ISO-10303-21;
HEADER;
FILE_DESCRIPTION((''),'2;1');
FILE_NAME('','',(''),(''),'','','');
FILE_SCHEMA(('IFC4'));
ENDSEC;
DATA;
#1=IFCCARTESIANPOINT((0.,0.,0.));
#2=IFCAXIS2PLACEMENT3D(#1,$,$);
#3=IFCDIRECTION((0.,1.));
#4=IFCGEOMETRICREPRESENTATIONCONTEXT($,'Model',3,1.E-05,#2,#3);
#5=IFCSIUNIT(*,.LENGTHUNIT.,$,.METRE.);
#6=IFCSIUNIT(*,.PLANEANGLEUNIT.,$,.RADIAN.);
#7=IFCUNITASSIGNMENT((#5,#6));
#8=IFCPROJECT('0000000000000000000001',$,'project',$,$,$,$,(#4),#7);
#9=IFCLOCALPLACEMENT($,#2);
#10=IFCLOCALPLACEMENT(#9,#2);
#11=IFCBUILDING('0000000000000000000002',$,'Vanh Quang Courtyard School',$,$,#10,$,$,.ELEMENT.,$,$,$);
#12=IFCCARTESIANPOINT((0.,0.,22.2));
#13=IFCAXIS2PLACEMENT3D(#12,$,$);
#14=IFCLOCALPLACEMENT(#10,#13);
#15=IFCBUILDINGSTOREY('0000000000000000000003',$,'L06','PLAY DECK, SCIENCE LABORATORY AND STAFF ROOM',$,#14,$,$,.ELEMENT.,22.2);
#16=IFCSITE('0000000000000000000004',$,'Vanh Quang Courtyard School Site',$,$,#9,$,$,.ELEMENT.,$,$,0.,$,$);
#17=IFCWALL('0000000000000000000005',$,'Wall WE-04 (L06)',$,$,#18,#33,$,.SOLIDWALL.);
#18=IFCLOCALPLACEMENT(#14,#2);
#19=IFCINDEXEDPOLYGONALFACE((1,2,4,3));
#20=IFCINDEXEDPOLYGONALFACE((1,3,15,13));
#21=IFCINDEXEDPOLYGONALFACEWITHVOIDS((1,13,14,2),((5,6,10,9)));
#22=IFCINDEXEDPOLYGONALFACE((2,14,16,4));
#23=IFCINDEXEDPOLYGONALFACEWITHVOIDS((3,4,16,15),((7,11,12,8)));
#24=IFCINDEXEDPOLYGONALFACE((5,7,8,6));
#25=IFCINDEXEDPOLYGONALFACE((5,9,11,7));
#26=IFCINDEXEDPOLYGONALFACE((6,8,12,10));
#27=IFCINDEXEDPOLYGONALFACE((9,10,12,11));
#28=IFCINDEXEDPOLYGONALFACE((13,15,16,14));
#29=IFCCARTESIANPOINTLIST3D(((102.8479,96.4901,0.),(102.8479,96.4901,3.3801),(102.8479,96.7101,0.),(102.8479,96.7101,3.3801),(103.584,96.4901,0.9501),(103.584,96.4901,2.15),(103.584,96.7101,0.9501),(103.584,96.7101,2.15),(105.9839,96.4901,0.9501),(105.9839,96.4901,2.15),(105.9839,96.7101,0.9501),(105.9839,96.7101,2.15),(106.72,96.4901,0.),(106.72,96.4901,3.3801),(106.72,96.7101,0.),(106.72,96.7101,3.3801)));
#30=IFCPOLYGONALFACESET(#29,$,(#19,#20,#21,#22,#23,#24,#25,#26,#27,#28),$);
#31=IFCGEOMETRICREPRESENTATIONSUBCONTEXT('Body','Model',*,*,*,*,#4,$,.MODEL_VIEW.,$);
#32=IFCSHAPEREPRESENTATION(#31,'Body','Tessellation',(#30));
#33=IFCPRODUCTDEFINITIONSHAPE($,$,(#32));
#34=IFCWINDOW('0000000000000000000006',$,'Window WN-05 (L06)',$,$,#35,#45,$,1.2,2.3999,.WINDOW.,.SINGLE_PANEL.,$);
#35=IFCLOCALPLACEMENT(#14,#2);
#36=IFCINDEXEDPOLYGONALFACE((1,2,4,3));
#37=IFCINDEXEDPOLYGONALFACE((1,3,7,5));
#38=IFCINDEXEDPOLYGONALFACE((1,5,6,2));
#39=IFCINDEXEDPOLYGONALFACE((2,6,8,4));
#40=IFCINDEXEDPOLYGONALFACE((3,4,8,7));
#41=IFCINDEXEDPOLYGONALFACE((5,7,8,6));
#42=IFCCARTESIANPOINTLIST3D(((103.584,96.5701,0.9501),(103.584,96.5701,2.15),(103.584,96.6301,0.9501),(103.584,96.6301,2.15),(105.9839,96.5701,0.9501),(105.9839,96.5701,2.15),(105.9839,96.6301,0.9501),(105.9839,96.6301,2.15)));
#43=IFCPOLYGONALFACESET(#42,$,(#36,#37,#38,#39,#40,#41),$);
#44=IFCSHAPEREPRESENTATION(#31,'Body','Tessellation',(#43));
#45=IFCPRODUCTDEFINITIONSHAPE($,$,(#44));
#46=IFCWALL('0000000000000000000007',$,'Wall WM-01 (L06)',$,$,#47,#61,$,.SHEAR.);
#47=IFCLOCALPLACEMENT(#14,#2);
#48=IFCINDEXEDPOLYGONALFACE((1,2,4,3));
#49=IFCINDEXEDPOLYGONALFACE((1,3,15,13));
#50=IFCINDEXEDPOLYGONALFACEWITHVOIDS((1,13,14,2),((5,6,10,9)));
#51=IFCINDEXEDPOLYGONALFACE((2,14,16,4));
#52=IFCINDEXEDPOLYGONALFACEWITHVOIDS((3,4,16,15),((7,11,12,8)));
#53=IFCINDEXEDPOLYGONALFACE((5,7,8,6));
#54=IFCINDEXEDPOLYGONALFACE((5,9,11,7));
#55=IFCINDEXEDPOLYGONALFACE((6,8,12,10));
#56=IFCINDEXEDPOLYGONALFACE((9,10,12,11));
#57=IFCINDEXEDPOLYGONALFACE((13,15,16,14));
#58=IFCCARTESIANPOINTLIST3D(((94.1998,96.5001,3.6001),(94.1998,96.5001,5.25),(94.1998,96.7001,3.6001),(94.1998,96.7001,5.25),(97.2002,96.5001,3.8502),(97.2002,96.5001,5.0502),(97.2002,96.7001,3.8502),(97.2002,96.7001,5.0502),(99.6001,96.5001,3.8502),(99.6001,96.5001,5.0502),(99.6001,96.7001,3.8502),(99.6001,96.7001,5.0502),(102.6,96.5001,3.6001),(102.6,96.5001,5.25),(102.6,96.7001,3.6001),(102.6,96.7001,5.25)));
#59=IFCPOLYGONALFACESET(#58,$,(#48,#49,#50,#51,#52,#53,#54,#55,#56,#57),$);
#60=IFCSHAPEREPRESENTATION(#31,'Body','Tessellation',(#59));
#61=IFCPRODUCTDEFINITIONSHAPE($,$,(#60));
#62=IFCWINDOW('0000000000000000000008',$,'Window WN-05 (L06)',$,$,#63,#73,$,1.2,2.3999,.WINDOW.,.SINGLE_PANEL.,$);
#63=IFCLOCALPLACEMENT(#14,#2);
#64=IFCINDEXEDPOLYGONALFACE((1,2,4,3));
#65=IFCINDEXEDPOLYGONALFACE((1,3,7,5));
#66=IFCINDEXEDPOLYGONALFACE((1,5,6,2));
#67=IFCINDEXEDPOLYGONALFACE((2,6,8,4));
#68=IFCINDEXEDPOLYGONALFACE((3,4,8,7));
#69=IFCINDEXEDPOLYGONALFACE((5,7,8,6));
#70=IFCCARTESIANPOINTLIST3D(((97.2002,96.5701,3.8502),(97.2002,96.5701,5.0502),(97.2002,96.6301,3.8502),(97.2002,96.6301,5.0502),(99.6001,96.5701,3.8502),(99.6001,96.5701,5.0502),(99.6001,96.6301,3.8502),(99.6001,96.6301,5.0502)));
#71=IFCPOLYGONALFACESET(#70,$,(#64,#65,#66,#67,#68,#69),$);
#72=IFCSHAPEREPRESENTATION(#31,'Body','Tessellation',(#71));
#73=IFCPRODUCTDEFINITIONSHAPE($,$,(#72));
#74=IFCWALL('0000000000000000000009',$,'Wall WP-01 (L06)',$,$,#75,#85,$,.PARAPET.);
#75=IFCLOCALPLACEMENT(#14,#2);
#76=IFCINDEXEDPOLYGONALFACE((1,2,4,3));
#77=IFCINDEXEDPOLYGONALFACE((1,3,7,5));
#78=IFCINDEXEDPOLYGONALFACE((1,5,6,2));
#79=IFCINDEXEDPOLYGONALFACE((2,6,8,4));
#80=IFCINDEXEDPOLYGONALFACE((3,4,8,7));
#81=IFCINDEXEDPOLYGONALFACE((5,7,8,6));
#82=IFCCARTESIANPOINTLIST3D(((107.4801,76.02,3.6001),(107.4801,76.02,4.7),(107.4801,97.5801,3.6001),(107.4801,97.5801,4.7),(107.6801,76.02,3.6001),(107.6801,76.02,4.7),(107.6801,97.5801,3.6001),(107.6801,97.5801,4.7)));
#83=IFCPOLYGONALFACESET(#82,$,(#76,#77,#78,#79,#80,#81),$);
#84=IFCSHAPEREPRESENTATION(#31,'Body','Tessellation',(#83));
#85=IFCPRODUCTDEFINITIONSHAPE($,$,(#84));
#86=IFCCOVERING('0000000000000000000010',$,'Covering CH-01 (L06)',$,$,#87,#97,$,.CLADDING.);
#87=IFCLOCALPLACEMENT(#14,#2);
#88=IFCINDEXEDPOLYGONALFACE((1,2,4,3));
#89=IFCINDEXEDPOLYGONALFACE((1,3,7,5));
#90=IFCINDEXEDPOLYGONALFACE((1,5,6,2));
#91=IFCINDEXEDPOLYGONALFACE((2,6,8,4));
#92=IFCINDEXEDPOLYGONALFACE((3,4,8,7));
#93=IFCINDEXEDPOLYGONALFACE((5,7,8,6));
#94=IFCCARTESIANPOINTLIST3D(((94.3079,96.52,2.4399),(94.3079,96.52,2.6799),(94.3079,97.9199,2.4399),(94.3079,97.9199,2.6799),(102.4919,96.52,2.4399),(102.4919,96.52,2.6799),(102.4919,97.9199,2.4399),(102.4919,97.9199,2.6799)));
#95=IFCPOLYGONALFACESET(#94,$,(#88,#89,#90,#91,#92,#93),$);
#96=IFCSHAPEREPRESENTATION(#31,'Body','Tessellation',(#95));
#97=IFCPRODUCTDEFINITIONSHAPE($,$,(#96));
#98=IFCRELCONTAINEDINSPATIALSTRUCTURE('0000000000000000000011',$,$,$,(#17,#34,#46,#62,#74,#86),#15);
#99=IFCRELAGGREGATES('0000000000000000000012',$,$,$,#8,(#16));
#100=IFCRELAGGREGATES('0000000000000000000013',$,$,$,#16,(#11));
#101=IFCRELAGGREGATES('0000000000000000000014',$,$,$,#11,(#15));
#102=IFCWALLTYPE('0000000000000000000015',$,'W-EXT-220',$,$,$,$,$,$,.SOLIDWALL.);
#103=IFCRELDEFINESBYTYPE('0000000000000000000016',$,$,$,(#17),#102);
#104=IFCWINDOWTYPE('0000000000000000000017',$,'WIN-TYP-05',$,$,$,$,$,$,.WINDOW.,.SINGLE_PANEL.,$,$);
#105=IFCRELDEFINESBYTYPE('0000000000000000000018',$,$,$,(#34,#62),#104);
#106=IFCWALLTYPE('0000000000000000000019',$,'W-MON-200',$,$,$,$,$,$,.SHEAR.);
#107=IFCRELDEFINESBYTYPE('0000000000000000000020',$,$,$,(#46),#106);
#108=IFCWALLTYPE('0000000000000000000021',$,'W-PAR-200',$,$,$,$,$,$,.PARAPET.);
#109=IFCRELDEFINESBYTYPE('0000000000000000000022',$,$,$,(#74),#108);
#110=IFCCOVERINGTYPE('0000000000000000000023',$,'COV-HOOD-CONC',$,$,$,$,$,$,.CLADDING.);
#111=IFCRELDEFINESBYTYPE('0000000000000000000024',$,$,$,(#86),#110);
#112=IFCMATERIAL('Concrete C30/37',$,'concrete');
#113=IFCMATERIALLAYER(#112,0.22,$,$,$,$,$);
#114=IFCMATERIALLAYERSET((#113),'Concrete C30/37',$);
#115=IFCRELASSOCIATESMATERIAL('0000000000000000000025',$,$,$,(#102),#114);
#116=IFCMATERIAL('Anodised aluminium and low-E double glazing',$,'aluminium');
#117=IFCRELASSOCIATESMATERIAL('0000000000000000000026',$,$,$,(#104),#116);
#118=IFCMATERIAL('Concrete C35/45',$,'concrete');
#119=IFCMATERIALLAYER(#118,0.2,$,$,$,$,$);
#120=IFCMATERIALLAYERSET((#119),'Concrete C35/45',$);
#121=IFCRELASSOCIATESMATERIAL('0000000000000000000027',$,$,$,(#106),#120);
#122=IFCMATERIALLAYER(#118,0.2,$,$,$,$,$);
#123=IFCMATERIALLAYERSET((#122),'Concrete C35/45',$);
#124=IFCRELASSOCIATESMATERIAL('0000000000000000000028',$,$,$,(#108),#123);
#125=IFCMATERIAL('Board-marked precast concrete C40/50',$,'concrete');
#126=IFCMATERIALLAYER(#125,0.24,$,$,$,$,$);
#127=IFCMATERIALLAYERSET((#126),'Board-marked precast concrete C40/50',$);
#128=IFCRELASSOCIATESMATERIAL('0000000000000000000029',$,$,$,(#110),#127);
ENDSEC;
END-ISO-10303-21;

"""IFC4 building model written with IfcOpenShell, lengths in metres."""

from ifc_helpers import new_model, si_unit, direction, frame, frame_2d, origin, origin_2d, place, context, subcontext, project, spatial, rectangle, extrude, material, layer, layer_set, type_object, element, fill, save


model = new_model("IFC4")

# Units and contexts
model_context = context("Model", 3, precision=1e-05, world=origin(), true_north=direction((0.0, 1.0)))
body_context = subcontext(model_context, "Body", "Model", "MODEL_VIEW")
ifc_project = project(units=[si_unit("LENGTHUNIT", "METRE"), si_unit("PLANEANGLEUNIT", "RADIAN")], contexts=[model_context])

# Site, building, storey
site_placement = place(None, origin())
site = spatial("IfcSite", under=ifc_project, at=site_placement, Name="Vanh Quang Courtyard School Site", CompositionType="ELEMENT", RefElevation=0.0)
building_placement = place(site_placement, origin())
building = spatial("IfcBuilding", under=site, at=building_placement, Name="Vanh Quang Courtyard School", CompositionType="ELEMENT")
storey_placement = place(building_placement, frame((0.0, 0.0, 22.2)))
storey = spatial("IfcBuildingStorey", under=building, at=storey_placement, Name="L06", Description="PLAY DECK, SCIENCE LABORATORY AND STAFF ROOM", CompositionType="ELEMENT", Elevation=22.2)

# Shared definitions
ifc_material_1 = material(Name="Concrete C35/45", Category="concrete")

# Shared definitions
ifc_material_2 = material(Name="Concrete C30/37", Category="concrete")
ifc_layer_1 = layer(ifc_material_2, 0.22)
ifc_layer_set_1 = layer_set([ifc_layer_1], Name="Concrete C30/37")
wall_type_1 = type_object("IfcWallType", Name="W-EXT-220", PredefinedType="SOLIDWALL", material=ifc_layer_set_1)

# Walls, openings, windows
wall_1_placement = place(storey_placement, frame((102.8479, 96.6001, 0.0), z_axis=(0.0, 0.0, 1.0), x_axis=(1.0, 0.0, 0.0)))
wall_1 = element("IfcWall", 1, at=wall_1_placement, inside=storey, type_object=wall_type_1, Name="Wall WE-04 (L06)", PredefinedType="SOLIDWALL", context=body_context, shape_type="SweptSolid", body=[
    extrude(rectangle(XDim=3.8721, YDim=0.22, at=frame_2d((1.936, 0.0))), origin(), (0.0, 0.0, 1.0), 3.3801),
])
opening_1_placement = place(wall_1_placement, frame((0.7361, 0.0, 0.95)))
opening_1 = element("IfcOpeningElement", 2, at=opening_1_placement, cuts=wall_1, PredefinedType="OPENING", context=body_context, shape_type="SweptSolid", body=[
    extrude(rectangle(XDim=2.3999, YDim=1.2, at=frame_2d((1.2, 0.6001))), frame((0.0, 0.1201, 0.0), z_axis=(0.0, -1.0, 0.0), x_axis=(1.0, 0.0, 0.0)), (0.0, 0.0, 1.0), 0.24),
])
ifc_material_3 = material(Name="Anodised aluminium and low-E double glazing", Category="aluminium")
window_type = type_object("IfcWindowType", Name="WIN-TYP-05", PartitioningType="SINGLE_PANEL", PredefinedType="WINDOW", material=ifc_material_3)
window_1_placement = place(opening_1_placement, origin())
window_1 = element("IfcWindow", 3, at=window_1_placement, inside=storey, type_object=window_type, Name="Window WN-05 (L06)", OverallHeight=1.2, OverallWidth=2.3999, PartitioningType="SINGLE_PANEL", PredefinedType="WINDOW", context=body_context, shape_type="SweptSolid", body=[
    extrude(rectangle(XDim=2.3999, YDim=1.2, at=frame_2d((1.2, 0.6001))), frame((0.0, 0.03, 0.0), z_axis=(0.0, -1.0, 0.0), x_axis=(1.0, 0.0, 0.0)), (0.0, 0.0, 1.0), 0.0601),
])
fill(opening_1, window_1)
ifc_layer_2 = layer(ifc_material_1, 0.2)
ifc_layer_set_2 = layer_set([ifc_layer_2], Name="Concrete C35/45")
wall_type_2 = type_object("IfcWallType", Name="W-MON-200", PredefinedType="SHEAR", material=ifc_layer_set_2)
wall_2_placement = place(storey_placement, frame((102.6001, 96.6001, 3.6001), z_axis=(0.0, 0.0, 1.0), x_axis=(-1.0, 0.0, 0.0)))
wall_2 = element("IfcWall", 4, at=wall_2_placement, inside=storey, type_object=wall_type_2, Name="Wall WM-01 (L06)", PredefinedType="SHEAR", context=body_context, shape_type="SweptSolid", body=[
    extrude(rectangle(XDim=8.4001, YDim=0.2, at=frame_2d((4.2002, 0.0))), origin(), (0.0, 0.0, 1.0), 1.6499),
])
opening_2_placement = place(wall_2_placement, frame((3.0, 0.0, 0.25)))
opening_2 = element("IfcOpeningElement", 5, at=opening_2_placement, cuts=wall_2, PredefinedType="OPENING", context=body_context, shape_type="SweptSolid", body=[
    extrude(rectangle(XDim=2.3999, YDim=1.2, at=frame_2d((1.2, 0.6001))), frame((0.0, 0.1099, 0.0), z_axis=(0.0, -1.0, 0.0), x_axis=(1.0, 0.0, 0.0)), (0.0, 0.0, 1.0), 0.22),
])
window_2_placement = place(opening_2_placement, origin())
window_2 = element("IfcWindow", 6, at=window_2_placement, inside=storey, type_object=window_type, Name="Window WN-05 (L06)", OverallHeight=1.2, OverallWidth=2.3999, PartitioningType="SINGLE_PANEL", PredefinedType="WINDOW", context=body_context, shape_type="SweptSolid", body=[
    extrude(rectangle(XDim=2.3999, YDim=1.2, at=frame_2d((1.2, 0.6001))), frame((0.0, 0.03, 0.0), z_axis=(0.0, -1.0, 0.0), x_axis=(1.0, 0.0, 0.0)), (0.0, 0.0, 1.0), 0.0601),
])
fill(opening_2, window_2)

# Wall
ifc_layer_3 = layer(ifc_material_1, 0.2)
ifc_layer_set_3 = layer_set([ifc_layer_3], Name="Concrete C35/45")
wall_type_3 = type_object("IfcWallType", Name="W-PAR-200", PredefinedType="PARAPET", material=ifc_layer_set_3)
wall_3_placement = place(storey_placement, frame((107.5801, 97.5801, 3.6001), z_axis=(0.0, 0.0, 1.0), x_axis=(0.0, -1.0, 0.0)))
element("IfcWall", 7, at=wall_3_placement, inside=storey, type_object=wall_type_3, Name="Wall WP-01 (L06)", PredefinedType="PARAPET", context=body_context, shape_type="SweptSolid", body=[
    extrude(rectangle(XDim=21.5601, YDim=0.2, at=frame_2d((10.78, 0.0))), origin(), (0.0, 0.0, 1.0), 1.0999),
])

# Covering
ifc_material_4 = material(Name="Board-marked precast concrete C40/50", Category="concrete")
ifc_layer_4 = layer(ifc_material_4, 0.24)
ifc_layer_set_4 = layer_set([ifc_layer_4], Name="Board-marked precast concrete C40/50")
covering_type = type_object("IfcCoveringType", Name="COV-HOOD-CONC", PredefinedType="CLADDING", material=ifc_layer_set_4)
covering_placement = place(storey_placement, frame((98.3999, 97.22, 2.4399), z_axis=(0.0, 0.0, 1.0), x_axis=(1.0, 0.0, 0.0)))
element("IfcCovering", 8, at=covering_placement, inside=storey, type_object=covering_type, Name="Covering CH-01 (L06)", PredefinedType="CLADDING", context=body_context, shape_type="SweptSolid", body=[
    extrude(rectangle(XDim=8.1841, YDim=1.3999, at=origin_2d()), origin(), (0.0, 0.0, 1.0), 0.24),
])

save(model, "model.ifc")
